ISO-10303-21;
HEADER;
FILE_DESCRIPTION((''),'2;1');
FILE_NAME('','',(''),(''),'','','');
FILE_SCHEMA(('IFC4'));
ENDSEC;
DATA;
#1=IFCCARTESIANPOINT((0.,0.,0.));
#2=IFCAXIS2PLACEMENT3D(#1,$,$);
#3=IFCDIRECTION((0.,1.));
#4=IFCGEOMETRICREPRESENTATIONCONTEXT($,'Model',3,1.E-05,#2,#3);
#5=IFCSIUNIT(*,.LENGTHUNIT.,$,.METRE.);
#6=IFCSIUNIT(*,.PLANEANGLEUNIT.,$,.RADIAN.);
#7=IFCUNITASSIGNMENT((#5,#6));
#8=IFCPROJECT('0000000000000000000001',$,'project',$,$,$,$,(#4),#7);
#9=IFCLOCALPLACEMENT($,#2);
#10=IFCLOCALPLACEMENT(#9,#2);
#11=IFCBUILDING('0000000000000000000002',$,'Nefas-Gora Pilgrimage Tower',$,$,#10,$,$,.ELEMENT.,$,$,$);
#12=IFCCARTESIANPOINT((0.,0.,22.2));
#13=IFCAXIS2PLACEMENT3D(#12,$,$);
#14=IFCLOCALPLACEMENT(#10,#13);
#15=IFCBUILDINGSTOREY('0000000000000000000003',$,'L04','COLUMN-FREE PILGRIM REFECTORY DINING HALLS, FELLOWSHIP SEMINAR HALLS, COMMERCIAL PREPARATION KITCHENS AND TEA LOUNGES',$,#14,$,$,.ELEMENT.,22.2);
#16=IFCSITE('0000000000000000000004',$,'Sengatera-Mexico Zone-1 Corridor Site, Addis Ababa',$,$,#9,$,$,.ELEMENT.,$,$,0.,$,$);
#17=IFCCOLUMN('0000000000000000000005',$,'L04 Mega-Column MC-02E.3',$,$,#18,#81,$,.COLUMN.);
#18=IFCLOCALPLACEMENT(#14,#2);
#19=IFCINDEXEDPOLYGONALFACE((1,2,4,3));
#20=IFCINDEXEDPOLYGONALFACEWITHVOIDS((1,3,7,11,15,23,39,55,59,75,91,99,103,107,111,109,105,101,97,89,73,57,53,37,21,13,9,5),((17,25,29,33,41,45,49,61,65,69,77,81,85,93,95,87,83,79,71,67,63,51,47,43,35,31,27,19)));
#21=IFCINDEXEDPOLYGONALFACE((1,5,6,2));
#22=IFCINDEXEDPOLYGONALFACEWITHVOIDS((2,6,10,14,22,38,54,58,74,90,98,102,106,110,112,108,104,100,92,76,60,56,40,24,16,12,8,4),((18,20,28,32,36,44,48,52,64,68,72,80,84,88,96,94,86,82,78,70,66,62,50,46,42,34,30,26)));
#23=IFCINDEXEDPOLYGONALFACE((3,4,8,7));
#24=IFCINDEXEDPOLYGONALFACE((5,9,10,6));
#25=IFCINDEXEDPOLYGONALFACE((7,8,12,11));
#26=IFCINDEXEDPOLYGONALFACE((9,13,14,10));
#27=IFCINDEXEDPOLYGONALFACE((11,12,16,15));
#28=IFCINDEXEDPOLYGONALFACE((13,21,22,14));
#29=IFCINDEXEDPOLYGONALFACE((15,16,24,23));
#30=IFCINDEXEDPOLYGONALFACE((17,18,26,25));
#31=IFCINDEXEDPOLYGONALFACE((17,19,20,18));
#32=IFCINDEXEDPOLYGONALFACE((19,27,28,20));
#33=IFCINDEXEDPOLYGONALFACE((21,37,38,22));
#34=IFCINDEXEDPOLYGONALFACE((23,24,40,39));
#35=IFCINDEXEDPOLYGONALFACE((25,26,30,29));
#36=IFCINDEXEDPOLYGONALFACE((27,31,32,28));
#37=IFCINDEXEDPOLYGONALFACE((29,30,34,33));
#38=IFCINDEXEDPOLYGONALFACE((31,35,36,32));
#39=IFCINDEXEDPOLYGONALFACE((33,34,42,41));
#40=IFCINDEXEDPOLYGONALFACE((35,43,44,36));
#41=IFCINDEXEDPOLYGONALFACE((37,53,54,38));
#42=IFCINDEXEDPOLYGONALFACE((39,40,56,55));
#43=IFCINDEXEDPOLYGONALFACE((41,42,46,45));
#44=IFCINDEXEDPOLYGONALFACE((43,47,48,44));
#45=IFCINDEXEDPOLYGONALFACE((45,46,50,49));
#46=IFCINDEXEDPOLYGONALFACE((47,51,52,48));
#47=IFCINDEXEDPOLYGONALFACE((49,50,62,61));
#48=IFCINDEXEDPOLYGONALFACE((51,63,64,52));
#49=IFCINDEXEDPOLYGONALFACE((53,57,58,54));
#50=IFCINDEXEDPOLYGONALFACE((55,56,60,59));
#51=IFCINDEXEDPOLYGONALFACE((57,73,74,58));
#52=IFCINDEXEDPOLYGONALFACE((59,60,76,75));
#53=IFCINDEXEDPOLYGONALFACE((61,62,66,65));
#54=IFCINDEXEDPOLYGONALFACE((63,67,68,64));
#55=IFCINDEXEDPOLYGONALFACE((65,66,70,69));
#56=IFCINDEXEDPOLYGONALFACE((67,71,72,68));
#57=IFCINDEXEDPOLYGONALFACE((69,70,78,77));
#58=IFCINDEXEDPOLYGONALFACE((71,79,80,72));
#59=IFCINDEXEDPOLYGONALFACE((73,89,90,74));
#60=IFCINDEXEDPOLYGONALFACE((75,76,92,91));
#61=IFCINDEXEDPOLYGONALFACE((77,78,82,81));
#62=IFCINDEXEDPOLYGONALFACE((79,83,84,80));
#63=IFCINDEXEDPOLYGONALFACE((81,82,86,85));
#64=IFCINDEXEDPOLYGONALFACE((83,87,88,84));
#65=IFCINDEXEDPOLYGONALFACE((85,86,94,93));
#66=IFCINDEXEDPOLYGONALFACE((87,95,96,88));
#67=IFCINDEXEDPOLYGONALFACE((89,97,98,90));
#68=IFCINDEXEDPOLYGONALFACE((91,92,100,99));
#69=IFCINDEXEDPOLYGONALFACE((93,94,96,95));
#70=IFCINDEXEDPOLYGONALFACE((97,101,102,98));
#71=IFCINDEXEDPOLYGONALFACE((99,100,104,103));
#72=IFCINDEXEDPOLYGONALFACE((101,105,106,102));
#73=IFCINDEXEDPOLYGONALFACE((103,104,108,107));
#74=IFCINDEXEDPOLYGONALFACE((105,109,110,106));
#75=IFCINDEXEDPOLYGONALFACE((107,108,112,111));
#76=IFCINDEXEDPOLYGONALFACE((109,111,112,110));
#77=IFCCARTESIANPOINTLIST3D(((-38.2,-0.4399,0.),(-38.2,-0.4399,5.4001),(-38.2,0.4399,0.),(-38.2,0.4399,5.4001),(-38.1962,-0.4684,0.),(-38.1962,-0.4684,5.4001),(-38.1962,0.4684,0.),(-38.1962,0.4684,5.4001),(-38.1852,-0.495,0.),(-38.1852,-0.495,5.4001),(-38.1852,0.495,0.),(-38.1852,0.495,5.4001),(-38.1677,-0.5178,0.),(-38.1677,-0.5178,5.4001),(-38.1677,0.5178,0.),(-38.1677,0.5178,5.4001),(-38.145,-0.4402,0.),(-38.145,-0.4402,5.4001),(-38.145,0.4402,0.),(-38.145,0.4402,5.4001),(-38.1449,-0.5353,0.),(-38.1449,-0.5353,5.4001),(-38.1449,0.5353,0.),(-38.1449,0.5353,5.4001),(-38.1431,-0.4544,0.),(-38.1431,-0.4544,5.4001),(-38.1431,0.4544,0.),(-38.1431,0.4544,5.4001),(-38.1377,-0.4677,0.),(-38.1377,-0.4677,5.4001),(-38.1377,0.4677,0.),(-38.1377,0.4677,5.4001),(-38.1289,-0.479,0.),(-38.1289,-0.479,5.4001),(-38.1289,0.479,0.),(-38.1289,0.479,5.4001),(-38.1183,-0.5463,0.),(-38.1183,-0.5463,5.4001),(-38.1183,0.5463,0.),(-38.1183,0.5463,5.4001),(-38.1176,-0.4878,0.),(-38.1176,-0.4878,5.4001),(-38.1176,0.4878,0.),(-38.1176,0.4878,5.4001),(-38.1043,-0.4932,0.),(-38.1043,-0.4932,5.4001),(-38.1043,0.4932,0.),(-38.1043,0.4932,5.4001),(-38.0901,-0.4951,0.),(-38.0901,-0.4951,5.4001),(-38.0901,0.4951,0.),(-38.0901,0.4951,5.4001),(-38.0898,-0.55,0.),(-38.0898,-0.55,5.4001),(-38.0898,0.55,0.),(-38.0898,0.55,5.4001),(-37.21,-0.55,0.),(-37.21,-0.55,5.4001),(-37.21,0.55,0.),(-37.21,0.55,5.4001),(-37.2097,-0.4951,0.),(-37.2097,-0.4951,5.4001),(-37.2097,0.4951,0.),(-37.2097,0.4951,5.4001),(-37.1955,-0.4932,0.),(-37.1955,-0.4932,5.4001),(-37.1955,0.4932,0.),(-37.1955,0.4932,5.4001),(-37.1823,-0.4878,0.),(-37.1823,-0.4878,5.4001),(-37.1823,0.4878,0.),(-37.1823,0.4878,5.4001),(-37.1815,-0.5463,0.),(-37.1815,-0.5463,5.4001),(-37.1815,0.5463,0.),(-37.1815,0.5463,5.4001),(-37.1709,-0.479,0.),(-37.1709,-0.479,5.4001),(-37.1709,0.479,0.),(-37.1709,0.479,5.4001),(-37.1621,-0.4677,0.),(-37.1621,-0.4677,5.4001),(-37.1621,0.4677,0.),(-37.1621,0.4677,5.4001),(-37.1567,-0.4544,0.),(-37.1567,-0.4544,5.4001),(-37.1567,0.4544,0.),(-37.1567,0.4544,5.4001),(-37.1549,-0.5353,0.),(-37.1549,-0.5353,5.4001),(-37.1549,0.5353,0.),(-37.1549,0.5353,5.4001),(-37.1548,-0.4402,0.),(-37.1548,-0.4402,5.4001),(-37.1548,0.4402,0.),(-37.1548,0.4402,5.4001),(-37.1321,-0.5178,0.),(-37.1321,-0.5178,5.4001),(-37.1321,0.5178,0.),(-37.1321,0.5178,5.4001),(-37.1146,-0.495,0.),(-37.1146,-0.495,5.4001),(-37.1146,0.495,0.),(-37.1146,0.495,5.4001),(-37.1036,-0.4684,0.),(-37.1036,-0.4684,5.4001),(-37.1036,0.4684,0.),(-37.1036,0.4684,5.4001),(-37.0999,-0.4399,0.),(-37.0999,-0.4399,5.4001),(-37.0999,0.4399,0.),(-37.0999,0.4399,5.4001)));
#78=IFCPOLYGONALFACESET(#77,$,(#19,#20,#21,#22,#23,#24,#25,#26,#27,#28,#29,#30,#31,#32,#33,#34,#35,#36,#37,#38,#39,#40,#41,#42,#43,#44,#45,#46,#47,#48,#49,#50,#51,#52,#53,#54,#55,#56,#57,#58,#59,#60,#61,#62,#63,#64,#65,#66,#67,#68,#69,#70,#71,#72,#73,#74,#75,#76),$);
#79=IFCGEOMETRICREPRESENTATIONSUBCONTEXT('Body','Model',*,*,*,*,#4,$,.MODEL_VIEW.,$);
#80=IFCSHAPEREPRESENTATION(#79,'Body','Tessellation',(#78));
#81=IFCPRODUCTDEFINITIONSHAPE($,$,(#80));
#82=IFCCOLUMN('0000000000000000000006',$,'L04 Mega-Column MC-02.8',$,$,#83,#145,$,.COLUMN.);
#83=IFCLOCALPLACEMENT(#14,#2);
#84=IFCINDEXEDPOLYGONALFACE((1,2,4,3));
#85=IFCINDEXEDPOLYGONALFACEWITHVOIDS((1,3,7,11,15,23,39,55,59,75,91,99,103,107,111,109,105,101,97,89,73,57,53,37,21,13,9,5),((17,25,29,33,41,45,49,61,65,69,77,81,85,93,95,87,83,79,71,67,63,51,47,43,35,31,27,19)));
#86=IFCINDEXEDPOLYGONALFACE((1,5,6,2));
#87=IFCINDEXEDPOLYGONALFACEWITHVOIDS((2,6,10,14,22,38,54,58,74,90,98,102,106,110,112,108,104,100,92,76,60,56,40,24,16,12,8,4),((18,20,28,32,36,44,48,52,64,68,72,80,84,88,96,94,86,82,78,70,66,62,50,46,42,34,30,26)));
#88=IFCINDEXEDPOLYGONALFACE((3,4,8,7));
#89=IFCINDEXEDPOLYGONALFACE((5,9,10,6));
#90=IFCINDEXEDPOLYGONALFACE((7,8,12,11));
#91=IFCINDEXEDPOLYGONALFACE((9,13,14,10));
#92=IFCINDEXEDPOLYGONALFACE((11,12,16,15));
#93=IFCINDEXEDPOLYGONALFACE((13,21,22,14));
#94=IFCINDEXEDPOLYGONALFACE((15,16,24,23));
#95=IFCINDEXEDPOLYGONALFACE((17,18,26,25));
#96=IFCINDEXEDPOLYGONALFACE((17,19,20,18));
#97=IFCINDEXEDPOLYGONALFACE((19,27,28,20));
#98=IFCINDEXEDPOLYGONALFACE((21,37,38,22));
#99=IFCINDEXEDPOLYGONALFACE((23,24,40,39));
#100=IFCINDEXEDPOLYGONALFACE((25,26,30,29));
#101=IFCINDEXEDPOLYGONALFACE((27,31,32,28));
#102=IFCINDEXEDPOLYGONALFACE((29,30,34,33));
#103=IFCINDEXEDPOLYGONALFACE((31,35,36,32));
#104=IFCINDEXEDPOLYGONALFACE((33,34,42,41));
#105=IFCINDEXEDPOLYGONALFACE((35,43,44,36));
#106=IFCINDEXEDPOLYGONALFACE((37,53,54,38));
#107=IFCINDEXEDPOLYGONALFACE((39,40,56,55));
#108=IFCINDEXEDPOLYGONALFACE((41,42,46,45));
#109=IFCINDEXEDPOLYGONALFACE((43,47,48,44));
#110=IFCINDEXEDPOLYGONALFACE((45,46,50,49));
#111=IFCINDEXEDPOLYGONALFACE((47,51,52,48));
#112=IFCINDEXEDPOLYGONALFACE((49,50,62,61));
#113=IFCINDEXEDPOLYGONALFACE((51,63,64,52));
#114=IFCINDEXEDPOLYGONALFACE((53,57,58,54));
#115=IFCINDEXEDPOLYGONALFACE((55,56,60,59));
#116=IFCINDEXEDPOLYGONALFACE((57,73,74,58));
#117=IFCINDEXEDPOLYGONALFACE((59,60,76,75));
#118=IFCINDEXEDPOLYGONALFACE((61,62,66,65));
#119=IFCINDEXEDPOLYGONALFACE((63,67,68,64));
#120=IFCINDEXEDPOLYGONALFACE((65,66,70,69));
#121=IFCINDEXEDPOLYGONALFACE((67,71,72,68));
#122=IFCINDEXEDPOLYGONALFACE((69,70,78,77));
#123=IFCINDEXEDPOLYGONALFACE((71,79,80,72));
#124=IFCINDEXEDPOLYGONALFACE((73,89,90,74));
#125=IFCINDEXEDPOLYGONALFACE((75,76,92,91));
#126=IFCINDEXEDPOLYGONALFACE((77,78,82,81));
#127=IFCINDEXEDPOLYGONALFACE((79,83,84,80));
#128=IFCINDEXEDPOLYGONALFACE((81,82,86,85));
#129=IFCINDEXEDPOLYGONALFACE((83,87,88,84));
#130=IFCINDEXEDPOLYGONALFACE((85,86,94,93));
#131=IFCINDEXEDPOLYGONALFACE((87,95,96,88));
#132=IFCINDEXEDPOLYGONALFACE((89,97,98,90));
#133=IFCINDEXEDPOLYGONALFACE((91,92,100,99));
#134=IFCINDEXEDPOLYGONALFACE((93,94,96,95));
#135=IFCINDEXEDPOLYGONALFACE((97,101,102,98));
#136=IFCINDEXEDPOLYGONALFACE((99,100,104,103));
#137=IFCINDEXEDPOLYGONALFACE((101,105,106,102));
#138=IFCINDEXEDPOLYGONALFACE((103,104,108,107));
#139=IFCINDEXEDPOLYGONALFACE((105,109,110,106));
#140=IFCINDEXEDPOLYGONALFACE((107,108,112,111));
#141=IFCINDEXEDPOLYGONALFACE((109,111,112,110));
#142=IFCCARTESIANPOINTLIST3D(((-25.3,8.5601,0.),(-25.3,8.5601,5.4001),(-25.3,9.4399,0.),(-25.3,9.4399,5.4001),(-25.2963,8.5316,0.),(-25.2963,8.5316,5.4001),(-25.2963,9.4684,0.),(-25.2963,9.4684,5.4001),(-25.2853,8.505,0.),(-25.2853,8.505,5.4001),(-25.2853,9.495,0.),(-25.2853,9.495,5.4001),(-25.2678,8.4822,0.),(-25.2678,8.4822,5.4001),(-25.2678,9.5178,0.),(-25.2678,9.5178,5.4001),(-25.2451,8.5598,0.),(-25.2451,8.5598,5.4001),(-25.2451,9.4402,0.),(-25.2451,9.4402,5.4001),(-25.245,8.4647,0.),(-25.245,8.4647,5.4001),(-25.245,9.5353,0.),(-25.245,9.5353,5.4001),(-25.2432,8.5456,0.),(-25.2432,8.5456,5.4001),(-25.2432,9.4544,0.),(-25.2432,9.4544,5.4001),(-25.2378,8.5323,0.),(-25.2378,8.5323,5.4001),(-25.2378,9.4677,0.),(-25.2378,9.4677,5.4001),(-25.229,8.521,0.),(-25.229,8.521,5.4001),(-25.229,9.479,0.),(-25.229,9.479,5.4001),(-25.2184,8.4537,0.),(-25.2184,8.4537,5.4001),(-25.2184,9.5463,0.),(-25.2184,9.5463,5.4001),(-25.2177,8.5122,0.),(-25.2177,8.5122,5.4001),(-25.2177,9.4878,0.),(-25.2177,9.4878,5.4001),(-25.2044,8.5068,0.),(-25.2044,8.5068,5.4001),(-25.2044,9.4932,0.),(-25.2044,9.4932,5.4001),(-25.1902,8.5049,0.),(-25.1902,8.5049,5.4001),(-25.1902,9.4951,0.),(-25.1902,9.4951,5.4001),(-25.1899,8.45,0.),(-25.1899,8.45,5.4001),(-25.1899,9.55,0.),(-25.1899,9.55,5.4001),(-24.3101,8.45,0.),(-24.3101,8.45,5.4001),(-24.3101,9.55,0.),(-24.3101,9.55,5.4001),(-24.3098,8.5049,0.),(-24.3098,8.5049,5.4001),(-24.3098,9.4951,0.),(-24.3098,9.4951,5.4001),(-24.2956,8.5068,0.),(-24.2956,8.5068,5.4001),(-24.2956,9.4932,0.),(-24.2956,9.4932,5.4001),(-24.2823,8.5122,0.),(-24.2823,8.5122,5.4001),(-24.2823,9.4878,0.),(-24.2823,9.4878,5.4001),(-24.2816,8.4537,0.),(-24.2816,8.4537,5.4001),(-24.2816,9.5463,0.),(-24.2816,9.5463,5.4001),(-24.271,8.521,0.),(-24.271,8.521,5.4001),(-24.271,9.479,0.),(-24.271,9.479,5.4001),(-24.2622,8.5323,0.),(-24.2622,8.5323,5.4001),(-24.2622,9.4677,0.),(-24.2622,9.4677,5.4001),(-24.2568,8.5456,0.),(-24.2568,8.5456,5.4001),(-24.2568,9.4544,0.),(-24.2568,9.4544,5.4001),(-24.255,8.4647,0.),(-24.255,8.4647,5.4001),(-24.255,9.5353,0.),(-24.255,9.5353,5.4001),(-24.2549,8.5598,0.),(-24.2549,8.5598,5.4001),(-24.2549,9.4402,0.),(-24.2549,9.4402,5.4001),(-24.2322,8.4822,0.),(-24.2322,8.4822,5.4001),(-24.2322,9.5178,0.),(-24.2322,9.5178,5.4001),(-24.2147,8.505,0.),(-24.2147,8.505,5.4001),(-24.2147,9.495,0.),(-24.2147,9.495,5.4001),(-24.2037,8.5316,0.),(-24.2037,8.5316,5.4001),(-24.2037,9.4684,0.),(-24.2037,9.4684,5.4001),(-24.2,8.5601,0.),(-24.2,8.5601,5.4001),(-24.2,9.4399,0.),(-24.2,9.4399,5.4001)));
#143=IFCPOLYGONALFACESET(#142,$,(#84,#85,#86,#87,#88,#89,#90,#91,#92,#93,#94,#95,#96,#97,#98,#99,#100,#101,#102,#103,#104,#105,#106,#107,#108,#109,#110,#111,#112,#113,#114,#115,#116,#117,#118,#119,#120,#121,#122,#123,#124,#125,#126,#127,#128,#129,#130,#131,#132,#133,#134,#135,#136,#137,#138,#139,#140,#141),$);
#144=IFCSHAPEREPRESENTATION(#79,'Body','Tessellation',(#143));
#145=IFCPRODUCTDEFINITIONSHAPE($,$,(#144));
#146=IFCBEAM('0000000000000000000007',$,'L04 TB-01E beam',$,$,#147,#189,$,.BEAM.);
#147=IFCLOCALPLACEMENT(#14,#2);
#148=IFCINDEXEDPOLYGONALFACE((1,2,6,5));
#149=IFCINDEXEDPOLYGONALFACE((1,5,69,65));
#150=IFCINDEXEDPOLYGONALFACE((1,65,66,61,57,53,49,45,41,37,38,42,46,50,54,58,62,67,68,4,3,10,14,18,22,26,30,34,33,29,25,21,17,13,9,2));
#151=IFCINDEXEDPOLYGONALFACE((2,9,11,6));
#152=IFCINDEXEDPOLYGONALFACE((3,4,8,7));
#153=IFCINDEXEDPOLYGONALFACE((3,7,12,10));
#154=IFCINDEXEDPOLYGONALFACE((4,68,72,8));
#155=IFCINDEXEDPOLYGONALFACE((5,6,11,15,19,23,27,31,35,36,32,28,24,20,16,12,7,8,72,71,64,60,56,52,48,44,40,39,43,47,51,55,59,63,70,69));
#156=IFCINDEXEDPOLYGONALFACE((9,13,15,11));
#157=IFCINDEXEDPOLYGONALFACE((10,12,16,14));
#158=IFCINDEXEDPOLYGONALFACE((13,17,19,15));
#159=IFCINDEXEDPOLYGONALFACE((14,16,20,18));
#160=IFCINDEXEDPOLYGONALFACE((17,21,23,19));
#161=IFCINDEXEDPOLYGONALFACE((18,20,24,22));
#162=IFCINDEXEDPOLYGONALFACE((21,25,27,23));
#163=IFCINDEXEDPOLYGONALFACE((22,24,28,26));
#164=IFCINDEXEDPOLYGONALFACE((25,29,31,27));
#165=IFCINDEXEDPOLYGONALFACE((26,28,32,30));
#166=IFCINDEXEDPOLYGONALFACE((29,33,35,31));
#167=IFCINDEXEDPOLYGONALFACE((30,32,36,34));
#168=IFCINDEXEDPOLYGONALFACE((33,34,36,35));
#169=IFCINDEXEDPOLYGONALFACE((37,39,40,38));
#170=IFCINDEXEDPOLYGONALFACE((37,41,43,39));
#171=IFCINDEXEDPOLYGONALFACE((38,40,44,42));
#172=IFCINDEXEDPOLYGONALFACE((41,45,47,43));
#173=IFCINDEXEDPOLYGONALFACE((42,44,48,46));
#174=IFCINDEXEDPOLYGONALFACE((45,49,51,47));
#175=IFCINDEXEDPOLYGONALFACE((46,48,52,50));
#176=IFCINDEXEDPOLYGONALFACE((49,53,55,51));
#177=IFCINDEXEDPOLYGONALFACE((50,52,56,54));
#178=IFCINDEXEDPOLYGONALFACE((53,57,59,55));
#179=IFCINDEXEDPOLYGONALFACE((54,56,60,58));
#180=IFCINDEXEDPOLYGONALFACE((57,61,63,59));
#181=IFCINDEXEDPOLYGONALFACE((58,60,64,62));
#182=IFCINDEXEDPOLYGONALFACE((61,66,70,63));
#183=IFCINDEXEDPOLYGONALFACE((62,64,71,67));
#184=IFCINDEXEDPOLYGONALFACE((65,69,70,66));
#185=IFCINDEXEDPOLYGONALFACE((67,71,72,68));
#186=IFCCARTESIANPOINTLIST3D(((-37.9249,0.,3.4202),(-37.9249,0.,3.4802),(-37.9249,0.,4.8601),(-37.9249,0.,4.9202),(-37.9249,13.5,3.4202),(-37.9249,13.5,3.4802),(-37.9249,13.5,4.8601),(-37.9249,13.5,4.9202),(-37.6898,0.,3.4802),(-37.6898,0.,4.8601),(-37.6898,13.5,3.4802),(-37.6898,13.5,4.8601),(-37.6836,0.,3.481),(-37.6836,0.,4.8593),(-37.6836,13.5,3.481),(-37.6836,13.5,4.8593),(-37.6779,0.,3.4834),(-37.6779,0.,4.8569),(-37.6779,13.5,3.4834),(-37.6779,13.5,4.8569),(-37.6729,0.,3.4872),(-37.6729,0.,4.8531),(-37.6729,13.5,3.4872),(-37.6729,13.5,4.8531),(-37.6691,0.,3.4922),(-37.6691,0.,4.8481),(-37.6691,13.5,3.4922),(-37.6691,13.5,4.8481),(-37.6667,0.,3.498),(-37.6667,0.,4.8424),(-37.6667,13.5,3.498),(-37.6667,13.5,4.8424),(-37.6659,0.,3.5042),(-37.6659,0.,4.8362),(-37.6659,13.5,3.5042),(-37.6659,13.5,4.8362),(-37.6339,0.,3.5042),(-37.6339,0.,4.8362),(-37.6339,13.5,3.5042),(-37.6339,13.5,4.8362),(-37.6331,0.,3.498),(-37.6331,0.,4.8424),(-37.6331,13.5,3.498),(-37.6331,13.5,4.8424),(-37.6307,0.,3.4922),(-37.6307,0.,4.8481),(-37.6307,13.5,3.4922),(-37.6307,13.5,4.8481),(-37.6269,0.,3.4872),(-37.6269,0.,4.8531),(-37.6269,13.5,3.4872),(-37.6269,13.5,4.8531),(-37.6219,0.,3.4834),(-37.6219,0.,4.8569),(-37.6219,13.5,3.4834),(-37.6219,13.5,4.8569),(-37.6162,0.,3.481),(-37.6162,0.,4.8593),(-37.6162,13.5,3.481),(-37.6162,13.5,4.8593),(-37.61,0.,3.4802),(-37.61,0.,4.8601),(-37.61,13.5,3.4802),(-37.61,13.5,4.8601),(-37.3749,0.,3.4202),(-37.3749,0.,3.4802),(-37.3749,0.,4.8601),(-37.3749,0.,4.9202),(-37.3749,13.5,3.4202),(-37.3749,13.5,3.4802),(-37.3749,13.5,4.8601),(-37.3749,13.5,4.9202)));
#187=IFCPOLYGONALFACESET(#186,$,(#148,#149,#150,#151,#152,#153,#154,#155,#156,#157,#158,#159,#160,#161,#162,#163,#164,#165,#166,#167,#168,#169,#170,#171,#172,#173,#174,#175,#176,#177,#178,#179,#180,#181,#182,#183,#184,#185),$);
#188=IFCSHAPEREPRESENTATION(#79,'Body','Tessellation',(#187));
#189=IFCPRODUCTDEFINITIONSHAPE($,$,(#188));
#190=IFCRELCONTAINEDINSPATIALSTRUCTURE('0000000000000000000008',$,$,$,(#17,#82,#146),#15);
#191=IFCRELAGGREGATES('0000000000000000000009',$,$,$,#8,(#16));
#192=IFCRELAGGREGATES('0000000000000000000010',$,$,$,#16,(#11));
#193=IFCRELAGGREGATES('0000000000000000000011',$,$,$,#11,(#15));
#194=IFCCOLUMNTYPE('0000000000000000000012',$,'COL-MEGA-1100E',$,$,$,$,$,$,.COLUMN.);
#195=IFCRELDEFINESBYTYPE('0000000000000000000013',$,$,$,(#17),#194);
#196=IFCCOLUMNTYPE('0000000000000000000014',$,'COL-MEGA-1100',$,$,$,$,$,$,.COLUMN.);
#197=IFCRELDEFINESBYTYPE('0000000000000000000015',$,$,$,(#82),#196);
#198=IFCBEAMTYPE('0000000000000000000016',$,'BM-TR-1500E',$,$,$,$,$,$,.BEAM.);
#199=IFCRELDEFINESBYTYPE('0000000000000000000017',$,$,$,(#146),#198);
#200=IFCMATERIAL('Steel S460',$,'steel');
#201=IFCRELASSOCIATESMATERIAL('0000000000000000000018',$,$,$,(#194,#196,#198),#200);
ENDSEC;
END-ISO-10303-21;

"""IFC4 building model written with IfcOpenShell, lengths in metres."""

from ifc_helpers import new_model, si_unit, direction, frame, origin, origin_2d, place, context, subcontext, project, spatial, hollow_rectangle, i_section, extrude, source, transform, mapped, material, material_profile, profile_set, type_object, element, save


model = new_model("IFC4")

# Units and contexts
model_context = context("Model", 3, precision=1e-05, world=origin(), true_north=direction((0.0, 1.0)))
body_context = subcontext(model_context, "Body", "Model", "MODEL_VIEW")
ifc_project = project(units=[si_unit("LENGTHUNIT", "METRE"), si_unit("PLANEANGLEUNIT", "RADIAN")], contexts=[model_context])

# Site, building, storey
site_placement = place(None, origin())
site = spatial("IfcSite", under=ifc_project, at=site_placement, Name="Sengatera-Mexico Zone-1 Corridor Site, Addis Ababa", CompositionType="ELEMENT", RefElevation=0.0)
building_placement = place(site_placement, origin())
building = spatial("IfcBuilding", under=site, at=building_placement, Name="Nefas-Gora Pilgrimage Tower", CompositionType="ELEMENT")
storey_placement = place(building_placement, frame((0.0, 0.0, 22.2)))
storey = spatial("IfcBuildingStorey", under=building, at=storey_placement, Name="L04", Description="COLUMN-FREE PILGRIM REFECTORY DINING HALLS, FELLOWSHIP SEMINAR HALLS, COMMERCIAL PREPARATION KITCHENS AND TEA LOUNGES", CompositionType="ELEMENT", Elevation=22.2)

# Columns
ifc_material_1 = material(Name="Steel S460", Category="steel")
ifc_material_profile_1 = material_profile(ifc_material_1, hollow_rectangle(XDim=1.1001, YDim=1.1001, WallThickness=0.0549, InnerFilletRadius=0.0549, OuterFilletRadius=0.1101, at=origin_2d()), Name="BOX 1100x1100x55")
ifc_profile_set_1 = profile_set([ifc_material_profile_1], Name="Steel S460")
column_type_1 = type_object("IfcColumnType", Name="COL-MEGA-1100E", PredefinedType="COLUMN", material=ifc_profile_set_1)
shared_shape_1 = source(origin(), body_context, "Body", "SweptSolid", [
    extrude(hollow_rectangle(XDim=1.1001, YDim=1.1001, WallThickness=0.0549, InnerFilletRadius=0.0549, OuterFilletRadius=0.1101, at=origin_2d()), origin(), (0.0, 0.0, 1.0), 5.4001),
])
column_1_placement = place(storey_placement, frame((-37.6499, 0.0, 0.0), z_axis=(0.0, 0.0, 1.0), x_axis=(1.0, 0.0, 0.0)))
element("IfcColumn", 1, at=column_1_placement, inside=storey, type_object=column_type_1, Name="L04 Mega-Column MC-02E.3", PredefinedType="COLUMN", context=body_context, shape_type="MappedRepresentation", body=[
    mapped(shared_shape_1, transform((0.0, 0.0, 0.0), x_axis=(1.0, 0.0, 0.0), y_axis=(0.0, 1.0, 0.0), z_axis=(0.0, 0.0, 1.0), scale=1.0)),
])
ifc_material_profile_2 = material_profile(ifc_material_1, hollow_rectangle(XDim=1.1001, YDim=1.1001, WallThickness=0.0549, InnerFilletRadius=0.0549, OuterFilletRadius=0.1101, at=origin_2d()), Name="BOX 1100x1100x55")
ifc_profile_set_2 = profile_set([ifc_material_profile_2], Name="Steel S460")
column_type_2 = type_object("IfcColumnType", Name="COL-MEGA-1100", PredefinedType="COLUMN", material=ifc_profile_set_2)
shared_shape_2 = source(origin(), body_context, "Body", "SweptSolid", [
    extrude(hollow_rectangle(XDim=1.1001, YDim=1.1001, WallThickness=0.0549, InnerFilletRadius=0.0549, OuterFilletRadius=0.1101, at=origin_2d()), origin(), (0.0, 0.0, 1.0), 5.4001),
])
column_2_placement = place(storey_placement, frame((-24.75, 9.0, 0.0), z_axis=(0.0, 0.0, 1.0), x_axis=(1.0, 0.0, 0.0)))
element("IfcColumn", 2, at=column_2_placement, inside=storey, type_object=column_type_2, Name="L04 Mega-Column MC-02.8", PredefinedType="COLUMN", context=body_context, shape_type="MappedRepresentation", body=[
    mapped(shared_shape_2, transform((0.0, 0.0, 0.0), x_axis=(1.0, 0.0, 0.0), y_axis=(0.0, 1.0, 0.0), z_axis=(0.0, 0.0, 1.0), scale=1.0)),
])

# Beam
ifc_material_profile_3 = material_profile(ifc_material_1, i_section(OverallWidth=0.55, OverallDepth=1.5, WebThickness=0.032, FlangeThickness=0.0601, FilletRadius=0.0239, at=origin_2d()), Name="WPG 1500x550x32x60")
ifc_profile_set_3 = profile_set([ifc_material_profile_3], Name="Steel S460")
beam_type_1 = type_object("IfcBeamType", Name="BM-TR-1500E", PredefinedType="BEAM", material=ifc_profile_set_3)
shared_shape_3 = source(origin(), body_context, "Body", "SweptSolid", [
    extrude(i_section(OverallWidth=0.55, OverallDepth=1.5, WebThickness=0.032, FlangeThickness=0.0601, FilletRadius=0.0239, at=origin_2d()), origin(), (0.0, 0.0, 1.0), 13.5),
])
beam_1_placement = place(storey_placement, frame((-37.6499, 0.0, 4.1702), z_axis=(0.0, 1.0, 0.0), x_axis=(-1.0, 0.0, 0.0)))
element("IfcBeam", 3, at=beam_1_placement, inside=storey, type_object=beam_type_1, Name="L04 TB-01E beam", PredefinedType="BEAM", context=body_context, shape_type="MappedRepresentation", body=[
    mapped(shared_shape_3, transform((0.0, 0.0, 0.0), x_axis=(1.0, 0.0, 0.0), y_axis=(0.0, 1.0, 0.0), z_axis=(0.0, 0.0, 1.0), scale=1.0)),
])

save(model, "model.ifc")
